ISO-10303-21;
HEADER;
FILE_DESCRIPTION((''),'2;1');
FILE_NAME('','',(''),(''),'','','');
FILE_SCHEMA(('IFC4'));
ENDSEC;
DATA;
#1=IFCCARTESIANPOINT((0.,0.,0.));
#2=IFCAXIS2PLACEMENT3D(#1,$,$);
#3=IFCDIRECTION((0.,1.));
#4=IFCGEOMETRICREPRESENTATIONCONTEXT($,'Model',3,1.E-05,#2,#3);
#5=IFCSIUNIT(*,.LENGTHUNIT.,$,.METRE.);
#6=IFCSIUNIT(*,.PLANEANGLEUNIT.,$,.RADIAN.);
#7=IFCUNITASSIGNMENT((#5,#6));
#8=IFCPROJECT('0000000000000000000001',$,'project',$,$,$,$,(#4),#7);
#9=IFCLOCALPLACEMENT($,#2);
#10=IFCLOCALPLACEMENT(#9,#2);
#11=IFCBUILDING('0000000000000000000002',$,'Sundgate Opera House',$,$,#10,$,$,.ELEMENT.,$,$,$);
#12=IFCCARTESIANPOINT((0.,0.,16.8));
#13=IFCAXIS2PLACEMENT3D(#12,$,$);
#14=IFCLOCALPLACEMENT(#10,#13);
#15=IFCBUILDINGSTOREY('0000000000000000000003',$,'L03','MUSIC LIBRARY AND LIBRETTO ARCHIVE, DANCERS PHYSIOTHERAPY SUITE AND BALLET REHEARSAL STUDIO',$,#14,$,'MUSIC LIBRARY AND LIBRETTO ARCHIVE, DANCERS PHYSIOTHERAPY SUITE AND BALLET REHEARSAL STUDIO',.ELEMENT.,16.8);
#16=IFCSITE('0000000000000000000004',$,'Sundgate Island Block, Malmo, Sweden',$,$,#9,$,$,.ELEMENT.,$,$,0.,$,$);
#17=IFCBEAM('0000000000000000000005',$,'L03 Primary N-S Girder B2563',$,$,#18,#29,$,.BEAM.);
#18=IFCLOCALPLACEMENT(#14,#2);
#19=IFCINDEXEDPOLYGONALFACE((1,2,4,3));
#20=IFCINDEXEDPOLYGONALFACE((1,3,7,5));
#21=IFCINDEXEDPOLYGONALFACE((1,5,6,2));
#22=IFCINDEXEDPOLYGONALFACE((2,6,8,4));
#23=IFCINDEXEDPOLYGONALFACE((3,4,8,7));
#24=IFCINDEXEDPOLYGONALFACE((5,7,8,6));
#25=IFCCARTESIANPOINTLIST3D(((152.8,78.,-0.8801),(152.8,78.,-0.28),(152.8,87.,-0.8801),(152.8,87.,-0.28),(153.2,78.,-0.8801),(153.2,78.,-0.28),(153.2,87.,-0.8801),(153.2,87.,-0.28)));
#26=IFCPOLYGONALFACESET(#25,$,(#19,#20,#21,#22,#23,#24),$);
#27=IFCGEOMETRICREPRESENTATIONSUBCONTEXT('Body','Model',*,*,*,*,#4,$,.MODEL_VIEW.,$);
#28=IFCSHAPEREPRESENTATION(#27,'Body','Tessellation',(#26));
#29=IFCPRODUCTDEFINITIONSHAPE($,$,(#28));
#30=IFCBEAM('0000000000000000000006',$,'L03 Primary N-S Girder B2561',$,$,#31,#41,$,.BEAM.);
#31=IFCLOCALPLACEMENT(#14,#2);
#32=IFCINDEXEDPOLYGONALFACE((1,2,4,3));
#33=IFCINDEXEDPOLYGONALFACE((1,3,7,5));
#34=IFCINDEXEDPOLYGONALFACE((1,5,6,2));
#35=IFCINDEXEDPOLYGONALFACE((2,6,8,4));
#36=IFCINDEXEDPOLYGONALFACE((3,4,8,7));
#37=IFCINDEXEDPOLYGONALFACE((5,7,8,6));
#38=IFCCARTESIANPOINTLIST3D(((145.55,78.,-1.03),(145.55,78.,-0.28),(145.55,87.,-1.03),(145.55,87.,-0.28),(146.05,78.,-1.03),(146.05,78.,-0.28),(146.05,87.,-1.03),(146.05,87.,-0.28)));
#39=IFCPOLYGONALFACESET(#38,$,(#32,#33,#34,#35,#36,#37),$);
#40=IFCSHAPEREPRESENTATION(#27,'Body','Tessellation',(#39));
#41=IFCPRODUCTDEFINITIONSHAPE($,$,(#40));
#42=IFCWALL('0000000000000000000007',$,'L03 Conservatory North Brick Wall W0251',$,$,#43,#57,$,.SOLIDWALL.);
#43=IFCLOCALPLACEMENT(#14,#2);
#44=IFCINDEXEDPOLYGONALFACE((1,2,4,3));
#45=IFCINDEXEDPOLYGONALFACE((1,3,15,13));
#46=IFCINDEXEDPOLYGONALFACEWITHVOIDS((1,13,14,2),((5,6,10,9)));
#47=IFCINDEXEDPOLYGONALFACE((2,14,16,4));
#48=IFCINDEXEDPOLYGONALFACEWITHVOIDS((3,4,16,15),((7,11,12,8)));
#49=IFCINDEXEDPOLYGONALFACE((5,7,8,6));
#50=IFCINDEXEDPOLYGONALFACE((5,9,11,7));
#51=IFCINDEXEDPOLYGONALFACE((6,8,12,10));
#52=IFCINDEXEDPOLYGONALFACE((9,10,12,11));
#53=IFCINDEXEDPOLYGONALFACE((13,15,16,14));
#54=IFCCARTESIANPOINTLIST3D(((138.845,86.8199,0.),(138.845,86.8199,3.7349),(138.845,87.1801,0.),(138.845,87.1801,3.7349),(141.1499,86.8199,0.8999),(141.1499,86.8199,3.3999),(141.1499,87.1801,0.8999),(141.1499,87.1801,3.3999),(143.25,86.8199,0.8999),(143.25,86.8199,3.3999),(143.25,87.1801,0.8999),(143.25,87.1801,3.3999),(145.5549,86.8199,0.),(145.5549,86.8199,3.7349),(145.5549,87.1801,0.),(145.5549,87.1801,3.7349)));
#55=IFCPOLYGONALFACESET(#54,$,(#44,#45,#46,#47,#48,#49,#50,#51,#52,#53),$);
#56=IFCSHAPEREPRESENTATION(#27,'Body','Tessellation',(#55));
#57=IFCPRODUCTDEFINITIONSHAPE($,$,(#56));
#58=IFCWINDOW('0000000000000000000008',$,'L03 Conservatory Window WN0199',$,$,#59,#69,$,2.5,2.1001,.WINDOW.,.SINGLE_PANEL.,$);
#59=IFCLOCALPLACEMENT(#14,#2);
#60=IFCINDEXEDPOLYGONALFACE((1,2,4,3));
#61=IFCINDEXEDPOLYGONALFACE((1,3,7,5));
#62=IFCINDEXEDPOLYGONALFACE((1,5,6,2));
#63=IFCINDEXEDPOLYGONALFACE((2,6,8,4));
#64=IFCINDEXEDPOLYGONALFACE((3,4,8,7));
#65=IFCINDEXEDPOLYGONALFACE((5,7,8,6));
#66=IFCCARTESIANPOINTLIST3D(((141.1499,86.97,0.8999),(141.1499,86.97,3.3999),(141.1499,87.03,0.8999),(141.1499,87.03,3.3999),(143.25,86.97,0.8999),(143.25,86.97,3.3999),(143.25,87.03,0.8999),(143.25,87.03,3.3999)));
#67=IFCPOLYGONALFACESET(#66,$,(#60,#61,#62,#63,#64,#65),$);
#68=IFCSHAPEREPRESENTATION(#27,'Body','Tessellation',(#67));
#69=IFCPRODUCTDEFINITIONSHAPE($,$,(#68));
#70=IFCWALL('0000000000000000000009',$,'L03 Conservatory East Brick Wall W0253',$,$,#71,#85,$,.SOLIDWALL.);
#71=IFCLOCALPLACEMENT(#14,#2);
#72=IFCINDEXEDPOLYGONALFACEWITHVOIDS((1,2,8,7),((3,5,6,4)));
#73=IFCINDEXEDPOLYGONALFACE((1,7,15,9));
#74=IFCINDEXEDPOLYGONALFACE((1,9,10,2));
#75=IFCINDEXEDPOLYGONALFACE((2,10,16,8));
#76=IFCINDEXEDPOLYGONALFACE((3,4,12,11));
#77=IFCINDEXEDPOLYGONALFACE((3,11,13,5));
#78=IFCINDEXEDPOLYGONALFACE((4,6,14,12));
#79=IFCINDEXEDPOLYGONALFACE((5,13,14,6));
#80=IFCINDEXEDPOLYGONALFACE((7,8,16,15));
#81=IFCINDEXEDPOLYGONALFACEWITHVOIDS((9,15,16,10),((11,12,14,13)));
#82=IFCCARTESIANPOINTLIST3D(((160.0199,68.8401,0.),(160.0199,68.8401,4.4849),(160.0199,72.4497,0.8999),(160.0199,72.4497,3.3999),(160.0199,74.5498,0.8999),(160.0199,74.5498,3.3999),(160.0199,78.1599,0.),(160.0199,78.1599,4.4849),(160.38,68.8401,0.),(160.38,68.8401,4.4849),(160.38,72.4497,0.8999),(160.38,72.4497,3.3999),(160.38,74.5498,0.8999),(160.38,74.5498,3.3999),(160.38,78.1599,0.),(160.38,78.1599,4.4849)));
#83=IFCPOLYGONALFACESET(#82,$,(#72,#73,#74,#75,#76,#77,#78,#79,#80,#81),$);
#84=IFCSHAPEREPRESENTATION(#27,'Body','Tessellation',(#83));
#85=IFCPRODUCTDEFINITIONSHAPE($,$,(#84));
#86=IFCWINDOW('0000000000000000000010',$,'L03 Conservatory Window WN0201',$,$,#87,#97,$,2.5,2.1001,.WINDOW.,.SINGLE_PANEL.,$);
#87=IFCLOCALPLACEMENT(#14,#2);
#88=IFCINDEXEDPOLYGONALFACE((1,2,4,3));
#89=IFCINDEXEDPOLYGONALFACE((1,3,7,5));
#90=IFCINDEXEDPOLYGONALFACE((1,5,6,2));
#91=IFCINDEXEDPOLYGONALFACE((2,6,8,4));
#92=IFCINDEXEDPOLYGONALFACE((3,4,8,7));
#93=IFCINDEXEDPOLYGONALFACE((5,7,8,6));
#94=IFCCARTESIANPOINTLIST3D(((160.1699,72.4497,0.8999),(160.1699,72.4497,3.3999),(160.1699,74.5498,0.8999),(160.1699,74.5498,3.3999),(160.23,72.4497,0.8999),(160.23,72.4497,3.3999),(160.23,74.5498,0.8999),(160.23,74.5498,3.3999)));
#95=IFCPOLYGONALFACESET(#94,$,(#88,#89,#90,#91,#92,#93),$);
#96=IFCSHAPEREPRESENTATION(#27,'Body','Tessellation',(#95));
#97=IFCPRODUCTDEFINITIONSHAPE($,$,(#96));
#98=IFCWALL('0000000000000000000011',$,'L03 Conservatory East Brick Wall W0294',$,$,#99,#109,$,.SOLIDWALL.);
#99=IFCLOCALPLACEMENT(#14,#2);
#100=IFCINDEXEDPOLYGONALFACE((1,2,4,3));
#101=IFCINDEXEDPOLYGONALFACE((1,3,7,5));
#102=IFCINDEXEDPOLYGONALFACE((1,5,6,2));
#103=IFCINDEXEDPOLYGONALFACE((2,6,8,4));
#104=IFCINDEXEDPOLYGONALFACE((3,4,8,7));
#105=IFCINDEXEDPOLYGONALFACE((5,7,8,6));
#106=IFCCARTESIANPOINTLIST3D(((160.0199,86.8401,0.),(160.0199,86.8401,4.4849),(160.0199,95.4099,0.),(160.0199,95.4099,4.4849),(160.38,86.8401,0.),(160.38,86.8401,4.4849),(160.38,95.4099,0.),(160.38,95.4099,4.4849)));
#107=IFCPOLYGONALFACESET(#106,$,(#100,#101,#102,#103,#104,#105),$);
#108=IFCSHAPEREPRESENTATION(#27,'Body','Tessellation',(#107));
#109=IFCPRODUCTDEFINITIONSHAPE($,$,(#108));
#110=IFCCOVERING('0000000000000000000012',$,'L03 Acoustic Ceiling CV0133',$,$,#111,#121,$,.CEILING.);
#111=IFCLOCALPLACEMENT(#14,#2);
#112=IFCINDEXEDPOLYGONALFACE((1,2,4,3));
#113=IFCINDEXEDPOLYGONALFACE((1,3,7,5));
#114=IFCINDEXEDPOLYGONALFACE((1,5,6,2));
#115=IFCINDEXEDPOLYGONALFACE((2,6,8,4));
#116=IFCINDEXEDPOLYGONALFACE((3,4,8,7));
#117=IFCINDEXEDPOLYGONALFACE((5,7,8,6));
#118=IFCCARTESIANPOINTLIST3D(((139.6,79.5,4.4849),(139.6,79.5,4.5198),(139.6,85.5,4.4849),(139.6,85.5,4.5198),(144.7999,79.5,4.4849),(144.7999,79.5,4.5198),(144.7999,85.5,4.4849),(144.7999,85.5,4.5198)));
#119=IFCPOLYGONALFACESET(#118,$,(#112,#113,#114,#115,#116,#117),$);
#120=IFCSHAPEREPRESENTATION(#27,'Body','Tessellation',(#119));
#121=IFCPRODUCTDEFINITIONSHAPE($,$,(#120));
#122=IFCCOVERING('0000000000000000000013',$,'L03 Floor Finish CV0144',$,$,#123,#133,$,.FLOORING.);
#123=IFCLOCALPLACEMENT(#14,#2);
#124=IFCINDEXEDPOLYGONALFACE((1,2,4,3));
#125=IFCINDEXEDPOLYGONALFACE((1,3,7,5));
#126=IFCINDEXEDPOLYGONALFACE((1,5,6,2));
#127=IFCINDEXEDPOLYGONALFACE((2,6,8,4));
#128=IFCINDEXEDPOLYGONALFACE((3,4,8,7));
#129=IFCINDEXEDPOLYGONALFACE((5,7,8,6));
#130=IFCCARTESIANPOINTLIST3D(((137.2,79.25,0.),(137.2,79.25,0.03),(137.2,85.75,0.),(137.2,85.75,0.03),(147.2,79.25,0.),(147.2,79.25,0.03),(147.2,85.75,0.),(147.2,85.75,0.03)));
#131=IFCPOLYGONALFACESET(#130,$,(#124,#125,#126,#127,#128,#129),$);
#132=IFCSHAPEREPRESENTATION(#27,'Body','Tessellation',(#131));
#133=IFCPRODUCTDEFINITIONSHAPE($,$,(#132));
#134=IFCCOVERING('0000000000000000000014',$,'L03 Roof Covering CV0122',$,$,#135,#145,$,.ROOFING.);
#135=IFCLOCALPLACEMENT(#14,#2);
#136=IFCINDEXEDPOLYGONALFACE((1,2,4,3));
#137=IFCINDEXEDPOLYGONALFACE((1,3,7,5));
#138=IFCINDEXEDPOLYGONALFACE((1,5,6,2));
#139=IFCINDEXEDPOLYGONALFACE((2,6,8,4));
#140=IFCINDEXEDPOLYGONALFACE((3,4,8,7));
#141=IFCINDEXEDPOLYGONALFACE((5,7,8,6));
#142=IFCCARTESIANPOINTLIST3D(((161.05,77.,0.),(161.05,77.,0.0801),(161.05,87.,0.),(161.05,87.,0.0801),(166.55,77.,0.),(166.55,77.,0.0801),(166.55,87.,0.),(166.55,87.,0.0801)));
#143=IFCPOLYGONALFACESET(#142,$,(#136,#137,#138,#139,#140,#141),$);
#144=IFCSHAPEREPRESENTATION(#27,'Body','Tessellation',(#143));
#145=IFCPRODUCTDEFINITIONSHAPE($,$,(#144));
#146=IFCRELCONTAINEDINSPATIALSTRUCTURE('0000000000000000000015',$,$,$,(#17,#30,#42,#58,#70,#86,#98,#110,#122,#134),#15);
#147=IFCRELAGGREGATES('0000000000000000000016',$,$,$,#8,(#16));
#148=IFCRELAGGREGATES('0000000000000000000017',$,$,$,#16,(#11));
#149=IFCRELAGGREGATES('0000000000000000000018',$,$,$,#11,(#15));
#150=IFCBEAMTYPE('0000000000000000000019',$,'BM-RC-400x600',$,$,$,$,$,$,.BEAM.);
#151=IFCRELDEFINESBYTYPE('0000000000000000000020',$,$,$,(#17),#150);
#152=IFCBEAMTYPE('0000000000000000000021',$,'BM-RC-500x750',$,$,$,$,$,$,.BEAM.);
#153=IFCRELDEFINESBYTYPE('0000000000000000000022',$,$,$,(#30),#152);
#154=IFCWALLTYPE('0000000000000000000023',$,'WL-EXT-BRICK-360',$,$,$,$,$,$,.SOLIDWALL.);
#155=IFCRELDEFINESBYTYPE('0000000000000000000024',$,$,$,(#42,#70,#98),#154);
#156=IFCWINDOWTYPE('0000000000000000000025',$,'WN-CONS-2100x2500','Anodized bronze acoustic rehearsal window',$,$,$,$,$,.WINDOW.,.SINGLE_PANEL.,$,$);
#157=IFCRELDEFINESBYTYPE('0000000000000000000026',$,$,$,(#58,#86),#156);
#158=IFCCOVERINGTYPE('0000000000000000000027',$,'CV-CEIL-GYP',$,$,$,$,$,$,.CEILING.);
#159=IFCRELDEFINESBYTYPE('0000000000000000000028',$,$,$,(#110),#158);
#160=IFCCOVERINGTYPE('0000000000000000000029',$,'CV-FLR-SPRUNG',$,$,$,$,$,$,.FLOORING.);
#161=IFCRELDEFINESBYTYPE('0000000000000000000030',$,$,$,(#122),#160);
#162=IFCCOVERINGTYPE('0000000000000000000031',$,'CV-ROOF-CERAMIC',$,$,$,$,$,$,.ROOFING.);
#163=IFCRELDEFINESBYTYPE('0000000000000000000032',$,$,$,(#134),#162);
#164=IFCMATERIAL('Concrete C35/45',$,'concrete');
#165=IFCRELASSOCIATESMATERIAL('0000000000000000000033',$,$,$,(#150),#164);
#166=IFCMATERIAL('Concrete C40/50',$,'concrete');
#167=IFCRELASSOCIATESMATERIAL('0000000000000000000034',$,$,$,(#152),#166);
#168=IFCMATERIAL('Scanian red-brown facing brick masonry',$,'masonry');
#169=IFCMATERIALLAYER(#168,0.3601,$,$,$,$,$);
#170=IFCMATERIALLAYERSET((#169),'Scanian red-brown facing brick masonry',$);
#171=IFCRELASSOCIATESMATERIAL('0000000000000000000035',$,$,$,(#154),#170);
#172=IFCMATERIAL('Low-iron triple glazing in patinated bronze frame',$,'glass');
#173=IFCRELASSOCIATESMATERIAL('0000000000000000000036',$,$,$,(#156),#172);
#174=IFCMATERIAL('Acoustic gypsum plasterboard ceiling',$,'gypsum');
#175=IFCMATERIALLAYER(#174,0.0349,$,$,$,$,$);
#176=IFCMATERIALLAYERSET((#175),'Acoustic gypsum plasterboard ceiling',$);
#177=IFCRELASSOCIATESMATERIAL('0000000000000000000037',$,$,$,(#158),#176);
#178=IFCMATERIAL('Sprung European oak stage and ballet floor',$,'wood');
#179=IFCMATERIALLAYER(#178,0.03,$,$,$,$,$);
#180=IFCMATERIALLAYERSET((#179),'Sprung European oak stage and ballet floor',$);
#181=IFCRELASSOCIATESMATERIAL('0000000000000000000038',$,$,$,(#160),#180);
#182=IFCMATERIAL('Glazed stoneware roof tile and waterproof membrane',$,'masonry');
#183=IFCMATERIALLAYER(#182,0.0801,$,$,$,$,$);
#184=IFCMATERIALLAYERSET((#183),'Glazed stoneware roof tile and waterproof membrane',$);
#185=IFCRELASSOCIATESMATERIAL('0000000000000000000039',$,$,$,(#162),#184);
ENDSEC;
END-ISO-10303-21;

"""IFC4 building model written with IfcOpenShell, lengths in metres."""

from ifc_helpers import new_model, si_unit, direction, frame, frame_2d, origin, origin_2d, place, context, subcontext, project, spatial, rectangle, extrude, material, layer, layer_set, material_profile, profile_set, type_object, element, fill, save


model = new_model("IFC4")

# Units and contexts
model_context = context("Model", 3, precision=1e-05, world=origin(), true_north=direction((0.0, 1.0)))
body_context = subcontext(model_context, "Body", "Model", "MODEL_VIEW")
ifc_project = project(units=[si_unit("LENGTHUNIT", "METRE"), si_unit("PLANEANGLEUNIT", "RADIAN")], contexts=[model_context])

# Site, building, storey
site_placement = place(None, origin())
site = spatial("IfcSite", under=ifc_project, at=site_placement, Name="Sundgate Island Block, Malmo, Sweden", CompositionType="ELEMENT", RefElevation=0.0)
building_placement = place(site_placement, origin())
building = spatial("IfcBuilding", under=site, at=building_placement, Name="Sundgate Opera House", CompositionType="ELEMENT")
storey_placement = place(building_placement, frame((0.0, 0.0, 16.8)))
storey = spatial("IfcBuildingStorey", under=building, at=storey_placement, Name="L03", Description="MUSIC LIBRARY AND LIBRETTO ARCHIVE, DANCERS PHYSIOTHERAPY SUITE AND BALLET REHEARSAL STUDIO", LongName="MUSIC LIBRARY AND LIBRETTO ARCHIVE, DANCERS PHYSIOTHERAPY SUITE AND BALLET REHEARSAL STUDIO", CompositionType="ELEMENT", Elevation=16.8)

# Beams
ifc_material_1 = material(Name="Concrete C35/45", Category="concrete")
ifc_material_profile_1 = material_profile(ifc_material_1, rectangle(XDim=0.3999, YDim=0.6001, at=origin_2d()), Name="RC 400x600")
ifc_profile_set_1 = profile_set([ifc_material_profile_1], Name="Concrete C35/45")
beam_type_1 = type_object("IfcBeamType", Name="BM-RC-400x600", PredefinedType="BEAM", material=ifc_profile_set_1)
beam_1_placement = place(storey_placement, frame((153.0, 78.0, -0.5801), z_axis=(0.0, 1.0, 0.0), x_axis=(-1.0, 0.0, 0.0)))
element("IfcBeam", 1, at=beam_1_placement, inside=storey, type_object=beam_type_1, Name="L03 Primary N-S Girder B2563", PredefinedType="BEAM", context=body_context, shape_type="SweptSolid", body=[
    extrude(rectangle(XDim=0.3999, YDim=0.6001, at=origin_2d()), origin(), (0.0, 0.0, 1.0), 9.0),
])
ifc_material_2 = material(Name="Concrete C40/50", Category="concrete")
ifc_material_profile_2 = material_profile(ifc_material_2, rectangle(XDim=0.5, YDim=0.75, at=origin_2d()), Name="RC 500x750")
ifc_profile_set_2 = profile_set([ifc_material_profile_2], Name="Concrete C40/50")
beam_type_2 = type_object("IfcBeamType", Name="BM-RC-500x750", PredefinedType="BEAM", material=ifc_profile_set_2)
beam_2_placement = place(storey_placement, frame((145.8, 78.0, -0.655), z_axis=(0.0, 1.0, 0.0), x_axis=(-1.0, 0.0, 0.0)))
element("IfcBeam", 2, at=beam_2_placement, inside=storey, type_object=beam_type_2, Name="L03 Primary N-S Girder B2561", PredefinedType="BEAM", context=body_context, shape_type="SweptSolid", body=[
    extrude(rectangle(XDim=0.5, YDim=0.75, at=origin_2d()), origin(), (0.0, 0.0, 1.0), 9.0),
])

# Walls, openings, windows
ifc_material_3 = material(Name="Scanian red-brown facing brick masonry", Category="masonry")
ifc_layer_1 = layer(ifc_material_3, 0.3601)
ifc_layer_set_1 = layer_set([ifc_layer_1], Name="Scanian red-brown facing brick masonry")
wall_type = type_object("IfcWallType", Name="WL-EXT-BRICK-360", PredefinedType="SOLIDWALL", material=ifc_layer_set_1)
wall_1_placement = place(storey_placement, frame((138.845, 87.0, 0.0), z_axis=(0.0, 0.0, 1.0), x_axis=(1.0, 0.0, 0.0)))
wall_1 = element("IfcWall", 3, at=wall_1_placement, inside=storey, type_object=wall_type, Name="L03 Conservatory North Brick Wall W0251", PredefinedType="SOLIDWALL", context=body_context, shape_type="SweptSolid", body=[
    extrude(rectangle(XDim=6.71, YDim=0.3601, at=frame_2d((3.355, 0.0))), origin(), (0.0, 0.0, 1.0), 3.7349),
])
opening_1_placement = place(wall_1_placement, frame((2.3049, 0.0, 0.8999)))
opening_1 = element("IfcOpeningElement", 4, at=opening_1_placement, cuts=wall_1, PredefinedType="OPENING", context=body_context, shape_type="SweptSolid", body=[
    extrude(rectangle(XDim=2.1001, YDim=2.5, at=frame_2d((1.05, 1.25))), frame((0.0, 0.1899, 0.0), z_axis=(0.0, -1.0, 0.0), x_axis=(1.0, 0.0, 0.0)), (0.0, 0.0, 1.0), 0.3801),
])
ifc_material_4 = material(Name="Low-iron triple glazing in patinated bronze frame", Category="glass")
window_type = type_object("IfcWindowType", Name="WN-CONS-2100x2500", Description="Anodized bronze acoustic rehearsal window", PartitioningType="SINGLE_PANEL", PredefinedType="WINDOW", material=ifc_material_4)
window_1_placement = place(opening_1_placement, origin())
window_1 = element("IfcWindow", 5, at=window_1_placement, inside=storey, type_object=window_type, Name="L03 Conservatory Window WN0199", OverallHeight=2.5, OverallWidth=2.1001, PartitioningType="SINGLE_PANEL", PredefinedType="WINDOW", context=body_context, shape_type="SweptSolid", body=[
    extrude(rectangle(XDim=2.1001, YDim=2.5, at=frame_2d((1.05, 1.25))), frame((0.0, 0.03, 0.0), z_axis=(0.0, -1.0, 0.0), x_axis=(1.0, 0.0, 0.0)), (0.0, 0.0, 1.0), 0.0601),
])
fill(opening_1, window_1)
wall_2_placement = place(storey_placement, frame((160.2, 78.1599, 0.0), z_axis=(0.0, 0.0, 1.0), x_axis=(0.0, -1.0, 0.0)))
wall_2 = element("IfcWall", 6, at=wall_2_placement, inside=storey, type_object=wall_type, Name="L03 Conservatory East Brick Wall W0253", PredefinedType="SOLIDWALL", context=body_context, shape_type="SweptSolid", body=[
    extrude(rectangle(XDim=9.3198, YDim=0.3601, at=frame_2d((4.6599, 0.0))), origin(), (0.0, 0.0, 1.0), 4.4849),
])
opening_2_placement = place(wall_2_placement, frame((3.6101, 0.0, 0.8999)))
opening_2 = element("IfcOpeningElement", 7, at=opening_2_placement, cuts=wall_2, PredefinedType="OPENING", context=body_context, shape_type="SweptSolid", body=[
    extrude(rectangle(XDim=2.1001, YDim=2.5, at=frame_2d((1.05, 1.25))), frame((0.0, 0.1899, 0.0), z_axis=(0.0, -1.0, 0.0), x_axis=(1.0, 0.0, 0.0)), (0.0, 0.0, 1.0), 0.3801),
])
window_2_placement = place(opening_2_placement, origin())
window_2 = element("IfcWindow", 8, at=window_2_placement, inside=storey, type_object=window_type, Name="L03 Conservatory Window WN0201", OverallHeight=2.5, OverallWidth=2.1001, PartitioningType="SINGLE_PANEL", PredefinedType="WINDOW", context=body_context, shape_type="SweptSolid", body=[
    extrude(rectangle(XDim=2.1001, YDim=2.5, at=frame_2d((1.05, 1.25))), frame((0.0, 0.03, 0.0), z_axis=(0.0, -1.0, 0.0), x_axis=(1.0, 0.0, 0.0)), (0.0, 0.0, 1.0), 0.0601),
])
fill(opening_2, window_2)

# Wall
wall_3_placement = place(storey_placement, frame((160.2, 86.8401, 0.0), z_axis=(0.0, 0.0, 1.0), x_axis=(0.0, 1.0, 0.0)))
element("IfcWall", 9, at=wall_3_placement, inside=storey, type_object=wall_type, Name="L03 Conservatory East Brick Wall W0294", PredefinedType="SOLIDWALL", context=body_context, shape_type="SweptSolid", body=[
    extrude(rectangle(XDim=8.5698, YDim=0.3601, at=frame_2d((4.2849, 0.0))), origin(), (0.0, 0.0, 1.0), 4.4849),
])

# Coverings
ifc_material_5 = material(Name="Acoustic gypsum plasterboard ceiling", Category="gypsum")
ifc_layer_2 = layer(ifc_material_5, 0.0349)
ifc_layer_set_2 = layer_set([ifc_layer_2], Name="Acoustic gypsum plasterboard ceiling")
covering_type_1 = type_object("IfcCoveringType", Name="CV-CEIL-GYP", PredefinedType="CEILING", material=ifc_layer_set_2)
covering_1_placement = place(storey_placement, frame((142.2, 82.5, 4.4849), z_axis=(0.0, 0.0, 1.0), x_axis=(1.0, 0.0, 0.0)))
element("IfcCovering", 10, at=covering_1_placement, inside=storey, type_object=covering_type_1, Name="L03 Acoustic Ceiling CV0133", PredefinedType="CEILING", context=body_context, shape_type="SweptSolid", body=[
    extrude(rectangle(XDim=5.2, YDim=6.0, at=origin_2d()), origin(), (0.0, 0.0, 1.0), 0.0349),
])
ifc_material_6 = material(Name="Sprung European oak stage and ballet floor", Category="wood")
ifc_layer_3 = layer(ifc_material_6, 0.03)
ifc_layer_set_3 = layer_set([ifc_layer_3], Name="Sprung European oak stage and ballet floor")
covering_type_2 = type_object("IfcCoveringType", Name="CV-FLR-SPRUNG", PredefinedType="FLOORING", material=ifc_layer_set_3)
covering_2_placement = place(storey_placement, frame((142.2, 82.5, 0.0), z_axis=(0.0, 0.0, 1.0), x_axis=(1.0, 0.0, 0.0)))
element("IfcCovering", 11, at=covering_2_placement, inside=storey, type_object=covering_type_2, Name="L03 Floor Finish CV0144", PredefinedType="FLOORING", context=body_context, shape_type="SweptSolid", body=[
    extrude(rectangle(XDim=10.0, YDim=6.5, at=origin_2d()), origin(), (0.0, 0.0, 1.0), 0.03),
])
ifc_material_7 = material(Name="Glazed stoneware roof tile and waterproof membrane", Category="masonry")
ifc_layer_4 = layer(ifc_material_7, 0.0801)
ifc_layer_set_4 = layer_set([ifc_layer_4], Name="Glazed stoneware roof tile and waterproof membrane")
covering_type_3 = type_object("IfcCoveringType", Name="CV-ROOF-CERAMIC", PredefinedType="ROOFING", material=ifc_layer_set_4)
covering_3_placement = place(storey_placement, frame((163.8, 82.0, 0.0), z_axis=(0.0, 0.0, 1.0), x_axis=(1.0, 0.0, 0.0)))
element("IfcCovering", 12, at=covering_3_placement, inside=storey, type_object=covering_type_3, Name="L03 Roof Covering CV0122", PredefinedType="ROOFING", context=body_context, shape_type="SweptSolid", body=[
    extrude(rectangle(XDim=5.5, YDim=10.0, at=origin_2d()), origin(), (0.0, 0.0, 1.0), 0.0801),
])

save(model, "model.ifc")
